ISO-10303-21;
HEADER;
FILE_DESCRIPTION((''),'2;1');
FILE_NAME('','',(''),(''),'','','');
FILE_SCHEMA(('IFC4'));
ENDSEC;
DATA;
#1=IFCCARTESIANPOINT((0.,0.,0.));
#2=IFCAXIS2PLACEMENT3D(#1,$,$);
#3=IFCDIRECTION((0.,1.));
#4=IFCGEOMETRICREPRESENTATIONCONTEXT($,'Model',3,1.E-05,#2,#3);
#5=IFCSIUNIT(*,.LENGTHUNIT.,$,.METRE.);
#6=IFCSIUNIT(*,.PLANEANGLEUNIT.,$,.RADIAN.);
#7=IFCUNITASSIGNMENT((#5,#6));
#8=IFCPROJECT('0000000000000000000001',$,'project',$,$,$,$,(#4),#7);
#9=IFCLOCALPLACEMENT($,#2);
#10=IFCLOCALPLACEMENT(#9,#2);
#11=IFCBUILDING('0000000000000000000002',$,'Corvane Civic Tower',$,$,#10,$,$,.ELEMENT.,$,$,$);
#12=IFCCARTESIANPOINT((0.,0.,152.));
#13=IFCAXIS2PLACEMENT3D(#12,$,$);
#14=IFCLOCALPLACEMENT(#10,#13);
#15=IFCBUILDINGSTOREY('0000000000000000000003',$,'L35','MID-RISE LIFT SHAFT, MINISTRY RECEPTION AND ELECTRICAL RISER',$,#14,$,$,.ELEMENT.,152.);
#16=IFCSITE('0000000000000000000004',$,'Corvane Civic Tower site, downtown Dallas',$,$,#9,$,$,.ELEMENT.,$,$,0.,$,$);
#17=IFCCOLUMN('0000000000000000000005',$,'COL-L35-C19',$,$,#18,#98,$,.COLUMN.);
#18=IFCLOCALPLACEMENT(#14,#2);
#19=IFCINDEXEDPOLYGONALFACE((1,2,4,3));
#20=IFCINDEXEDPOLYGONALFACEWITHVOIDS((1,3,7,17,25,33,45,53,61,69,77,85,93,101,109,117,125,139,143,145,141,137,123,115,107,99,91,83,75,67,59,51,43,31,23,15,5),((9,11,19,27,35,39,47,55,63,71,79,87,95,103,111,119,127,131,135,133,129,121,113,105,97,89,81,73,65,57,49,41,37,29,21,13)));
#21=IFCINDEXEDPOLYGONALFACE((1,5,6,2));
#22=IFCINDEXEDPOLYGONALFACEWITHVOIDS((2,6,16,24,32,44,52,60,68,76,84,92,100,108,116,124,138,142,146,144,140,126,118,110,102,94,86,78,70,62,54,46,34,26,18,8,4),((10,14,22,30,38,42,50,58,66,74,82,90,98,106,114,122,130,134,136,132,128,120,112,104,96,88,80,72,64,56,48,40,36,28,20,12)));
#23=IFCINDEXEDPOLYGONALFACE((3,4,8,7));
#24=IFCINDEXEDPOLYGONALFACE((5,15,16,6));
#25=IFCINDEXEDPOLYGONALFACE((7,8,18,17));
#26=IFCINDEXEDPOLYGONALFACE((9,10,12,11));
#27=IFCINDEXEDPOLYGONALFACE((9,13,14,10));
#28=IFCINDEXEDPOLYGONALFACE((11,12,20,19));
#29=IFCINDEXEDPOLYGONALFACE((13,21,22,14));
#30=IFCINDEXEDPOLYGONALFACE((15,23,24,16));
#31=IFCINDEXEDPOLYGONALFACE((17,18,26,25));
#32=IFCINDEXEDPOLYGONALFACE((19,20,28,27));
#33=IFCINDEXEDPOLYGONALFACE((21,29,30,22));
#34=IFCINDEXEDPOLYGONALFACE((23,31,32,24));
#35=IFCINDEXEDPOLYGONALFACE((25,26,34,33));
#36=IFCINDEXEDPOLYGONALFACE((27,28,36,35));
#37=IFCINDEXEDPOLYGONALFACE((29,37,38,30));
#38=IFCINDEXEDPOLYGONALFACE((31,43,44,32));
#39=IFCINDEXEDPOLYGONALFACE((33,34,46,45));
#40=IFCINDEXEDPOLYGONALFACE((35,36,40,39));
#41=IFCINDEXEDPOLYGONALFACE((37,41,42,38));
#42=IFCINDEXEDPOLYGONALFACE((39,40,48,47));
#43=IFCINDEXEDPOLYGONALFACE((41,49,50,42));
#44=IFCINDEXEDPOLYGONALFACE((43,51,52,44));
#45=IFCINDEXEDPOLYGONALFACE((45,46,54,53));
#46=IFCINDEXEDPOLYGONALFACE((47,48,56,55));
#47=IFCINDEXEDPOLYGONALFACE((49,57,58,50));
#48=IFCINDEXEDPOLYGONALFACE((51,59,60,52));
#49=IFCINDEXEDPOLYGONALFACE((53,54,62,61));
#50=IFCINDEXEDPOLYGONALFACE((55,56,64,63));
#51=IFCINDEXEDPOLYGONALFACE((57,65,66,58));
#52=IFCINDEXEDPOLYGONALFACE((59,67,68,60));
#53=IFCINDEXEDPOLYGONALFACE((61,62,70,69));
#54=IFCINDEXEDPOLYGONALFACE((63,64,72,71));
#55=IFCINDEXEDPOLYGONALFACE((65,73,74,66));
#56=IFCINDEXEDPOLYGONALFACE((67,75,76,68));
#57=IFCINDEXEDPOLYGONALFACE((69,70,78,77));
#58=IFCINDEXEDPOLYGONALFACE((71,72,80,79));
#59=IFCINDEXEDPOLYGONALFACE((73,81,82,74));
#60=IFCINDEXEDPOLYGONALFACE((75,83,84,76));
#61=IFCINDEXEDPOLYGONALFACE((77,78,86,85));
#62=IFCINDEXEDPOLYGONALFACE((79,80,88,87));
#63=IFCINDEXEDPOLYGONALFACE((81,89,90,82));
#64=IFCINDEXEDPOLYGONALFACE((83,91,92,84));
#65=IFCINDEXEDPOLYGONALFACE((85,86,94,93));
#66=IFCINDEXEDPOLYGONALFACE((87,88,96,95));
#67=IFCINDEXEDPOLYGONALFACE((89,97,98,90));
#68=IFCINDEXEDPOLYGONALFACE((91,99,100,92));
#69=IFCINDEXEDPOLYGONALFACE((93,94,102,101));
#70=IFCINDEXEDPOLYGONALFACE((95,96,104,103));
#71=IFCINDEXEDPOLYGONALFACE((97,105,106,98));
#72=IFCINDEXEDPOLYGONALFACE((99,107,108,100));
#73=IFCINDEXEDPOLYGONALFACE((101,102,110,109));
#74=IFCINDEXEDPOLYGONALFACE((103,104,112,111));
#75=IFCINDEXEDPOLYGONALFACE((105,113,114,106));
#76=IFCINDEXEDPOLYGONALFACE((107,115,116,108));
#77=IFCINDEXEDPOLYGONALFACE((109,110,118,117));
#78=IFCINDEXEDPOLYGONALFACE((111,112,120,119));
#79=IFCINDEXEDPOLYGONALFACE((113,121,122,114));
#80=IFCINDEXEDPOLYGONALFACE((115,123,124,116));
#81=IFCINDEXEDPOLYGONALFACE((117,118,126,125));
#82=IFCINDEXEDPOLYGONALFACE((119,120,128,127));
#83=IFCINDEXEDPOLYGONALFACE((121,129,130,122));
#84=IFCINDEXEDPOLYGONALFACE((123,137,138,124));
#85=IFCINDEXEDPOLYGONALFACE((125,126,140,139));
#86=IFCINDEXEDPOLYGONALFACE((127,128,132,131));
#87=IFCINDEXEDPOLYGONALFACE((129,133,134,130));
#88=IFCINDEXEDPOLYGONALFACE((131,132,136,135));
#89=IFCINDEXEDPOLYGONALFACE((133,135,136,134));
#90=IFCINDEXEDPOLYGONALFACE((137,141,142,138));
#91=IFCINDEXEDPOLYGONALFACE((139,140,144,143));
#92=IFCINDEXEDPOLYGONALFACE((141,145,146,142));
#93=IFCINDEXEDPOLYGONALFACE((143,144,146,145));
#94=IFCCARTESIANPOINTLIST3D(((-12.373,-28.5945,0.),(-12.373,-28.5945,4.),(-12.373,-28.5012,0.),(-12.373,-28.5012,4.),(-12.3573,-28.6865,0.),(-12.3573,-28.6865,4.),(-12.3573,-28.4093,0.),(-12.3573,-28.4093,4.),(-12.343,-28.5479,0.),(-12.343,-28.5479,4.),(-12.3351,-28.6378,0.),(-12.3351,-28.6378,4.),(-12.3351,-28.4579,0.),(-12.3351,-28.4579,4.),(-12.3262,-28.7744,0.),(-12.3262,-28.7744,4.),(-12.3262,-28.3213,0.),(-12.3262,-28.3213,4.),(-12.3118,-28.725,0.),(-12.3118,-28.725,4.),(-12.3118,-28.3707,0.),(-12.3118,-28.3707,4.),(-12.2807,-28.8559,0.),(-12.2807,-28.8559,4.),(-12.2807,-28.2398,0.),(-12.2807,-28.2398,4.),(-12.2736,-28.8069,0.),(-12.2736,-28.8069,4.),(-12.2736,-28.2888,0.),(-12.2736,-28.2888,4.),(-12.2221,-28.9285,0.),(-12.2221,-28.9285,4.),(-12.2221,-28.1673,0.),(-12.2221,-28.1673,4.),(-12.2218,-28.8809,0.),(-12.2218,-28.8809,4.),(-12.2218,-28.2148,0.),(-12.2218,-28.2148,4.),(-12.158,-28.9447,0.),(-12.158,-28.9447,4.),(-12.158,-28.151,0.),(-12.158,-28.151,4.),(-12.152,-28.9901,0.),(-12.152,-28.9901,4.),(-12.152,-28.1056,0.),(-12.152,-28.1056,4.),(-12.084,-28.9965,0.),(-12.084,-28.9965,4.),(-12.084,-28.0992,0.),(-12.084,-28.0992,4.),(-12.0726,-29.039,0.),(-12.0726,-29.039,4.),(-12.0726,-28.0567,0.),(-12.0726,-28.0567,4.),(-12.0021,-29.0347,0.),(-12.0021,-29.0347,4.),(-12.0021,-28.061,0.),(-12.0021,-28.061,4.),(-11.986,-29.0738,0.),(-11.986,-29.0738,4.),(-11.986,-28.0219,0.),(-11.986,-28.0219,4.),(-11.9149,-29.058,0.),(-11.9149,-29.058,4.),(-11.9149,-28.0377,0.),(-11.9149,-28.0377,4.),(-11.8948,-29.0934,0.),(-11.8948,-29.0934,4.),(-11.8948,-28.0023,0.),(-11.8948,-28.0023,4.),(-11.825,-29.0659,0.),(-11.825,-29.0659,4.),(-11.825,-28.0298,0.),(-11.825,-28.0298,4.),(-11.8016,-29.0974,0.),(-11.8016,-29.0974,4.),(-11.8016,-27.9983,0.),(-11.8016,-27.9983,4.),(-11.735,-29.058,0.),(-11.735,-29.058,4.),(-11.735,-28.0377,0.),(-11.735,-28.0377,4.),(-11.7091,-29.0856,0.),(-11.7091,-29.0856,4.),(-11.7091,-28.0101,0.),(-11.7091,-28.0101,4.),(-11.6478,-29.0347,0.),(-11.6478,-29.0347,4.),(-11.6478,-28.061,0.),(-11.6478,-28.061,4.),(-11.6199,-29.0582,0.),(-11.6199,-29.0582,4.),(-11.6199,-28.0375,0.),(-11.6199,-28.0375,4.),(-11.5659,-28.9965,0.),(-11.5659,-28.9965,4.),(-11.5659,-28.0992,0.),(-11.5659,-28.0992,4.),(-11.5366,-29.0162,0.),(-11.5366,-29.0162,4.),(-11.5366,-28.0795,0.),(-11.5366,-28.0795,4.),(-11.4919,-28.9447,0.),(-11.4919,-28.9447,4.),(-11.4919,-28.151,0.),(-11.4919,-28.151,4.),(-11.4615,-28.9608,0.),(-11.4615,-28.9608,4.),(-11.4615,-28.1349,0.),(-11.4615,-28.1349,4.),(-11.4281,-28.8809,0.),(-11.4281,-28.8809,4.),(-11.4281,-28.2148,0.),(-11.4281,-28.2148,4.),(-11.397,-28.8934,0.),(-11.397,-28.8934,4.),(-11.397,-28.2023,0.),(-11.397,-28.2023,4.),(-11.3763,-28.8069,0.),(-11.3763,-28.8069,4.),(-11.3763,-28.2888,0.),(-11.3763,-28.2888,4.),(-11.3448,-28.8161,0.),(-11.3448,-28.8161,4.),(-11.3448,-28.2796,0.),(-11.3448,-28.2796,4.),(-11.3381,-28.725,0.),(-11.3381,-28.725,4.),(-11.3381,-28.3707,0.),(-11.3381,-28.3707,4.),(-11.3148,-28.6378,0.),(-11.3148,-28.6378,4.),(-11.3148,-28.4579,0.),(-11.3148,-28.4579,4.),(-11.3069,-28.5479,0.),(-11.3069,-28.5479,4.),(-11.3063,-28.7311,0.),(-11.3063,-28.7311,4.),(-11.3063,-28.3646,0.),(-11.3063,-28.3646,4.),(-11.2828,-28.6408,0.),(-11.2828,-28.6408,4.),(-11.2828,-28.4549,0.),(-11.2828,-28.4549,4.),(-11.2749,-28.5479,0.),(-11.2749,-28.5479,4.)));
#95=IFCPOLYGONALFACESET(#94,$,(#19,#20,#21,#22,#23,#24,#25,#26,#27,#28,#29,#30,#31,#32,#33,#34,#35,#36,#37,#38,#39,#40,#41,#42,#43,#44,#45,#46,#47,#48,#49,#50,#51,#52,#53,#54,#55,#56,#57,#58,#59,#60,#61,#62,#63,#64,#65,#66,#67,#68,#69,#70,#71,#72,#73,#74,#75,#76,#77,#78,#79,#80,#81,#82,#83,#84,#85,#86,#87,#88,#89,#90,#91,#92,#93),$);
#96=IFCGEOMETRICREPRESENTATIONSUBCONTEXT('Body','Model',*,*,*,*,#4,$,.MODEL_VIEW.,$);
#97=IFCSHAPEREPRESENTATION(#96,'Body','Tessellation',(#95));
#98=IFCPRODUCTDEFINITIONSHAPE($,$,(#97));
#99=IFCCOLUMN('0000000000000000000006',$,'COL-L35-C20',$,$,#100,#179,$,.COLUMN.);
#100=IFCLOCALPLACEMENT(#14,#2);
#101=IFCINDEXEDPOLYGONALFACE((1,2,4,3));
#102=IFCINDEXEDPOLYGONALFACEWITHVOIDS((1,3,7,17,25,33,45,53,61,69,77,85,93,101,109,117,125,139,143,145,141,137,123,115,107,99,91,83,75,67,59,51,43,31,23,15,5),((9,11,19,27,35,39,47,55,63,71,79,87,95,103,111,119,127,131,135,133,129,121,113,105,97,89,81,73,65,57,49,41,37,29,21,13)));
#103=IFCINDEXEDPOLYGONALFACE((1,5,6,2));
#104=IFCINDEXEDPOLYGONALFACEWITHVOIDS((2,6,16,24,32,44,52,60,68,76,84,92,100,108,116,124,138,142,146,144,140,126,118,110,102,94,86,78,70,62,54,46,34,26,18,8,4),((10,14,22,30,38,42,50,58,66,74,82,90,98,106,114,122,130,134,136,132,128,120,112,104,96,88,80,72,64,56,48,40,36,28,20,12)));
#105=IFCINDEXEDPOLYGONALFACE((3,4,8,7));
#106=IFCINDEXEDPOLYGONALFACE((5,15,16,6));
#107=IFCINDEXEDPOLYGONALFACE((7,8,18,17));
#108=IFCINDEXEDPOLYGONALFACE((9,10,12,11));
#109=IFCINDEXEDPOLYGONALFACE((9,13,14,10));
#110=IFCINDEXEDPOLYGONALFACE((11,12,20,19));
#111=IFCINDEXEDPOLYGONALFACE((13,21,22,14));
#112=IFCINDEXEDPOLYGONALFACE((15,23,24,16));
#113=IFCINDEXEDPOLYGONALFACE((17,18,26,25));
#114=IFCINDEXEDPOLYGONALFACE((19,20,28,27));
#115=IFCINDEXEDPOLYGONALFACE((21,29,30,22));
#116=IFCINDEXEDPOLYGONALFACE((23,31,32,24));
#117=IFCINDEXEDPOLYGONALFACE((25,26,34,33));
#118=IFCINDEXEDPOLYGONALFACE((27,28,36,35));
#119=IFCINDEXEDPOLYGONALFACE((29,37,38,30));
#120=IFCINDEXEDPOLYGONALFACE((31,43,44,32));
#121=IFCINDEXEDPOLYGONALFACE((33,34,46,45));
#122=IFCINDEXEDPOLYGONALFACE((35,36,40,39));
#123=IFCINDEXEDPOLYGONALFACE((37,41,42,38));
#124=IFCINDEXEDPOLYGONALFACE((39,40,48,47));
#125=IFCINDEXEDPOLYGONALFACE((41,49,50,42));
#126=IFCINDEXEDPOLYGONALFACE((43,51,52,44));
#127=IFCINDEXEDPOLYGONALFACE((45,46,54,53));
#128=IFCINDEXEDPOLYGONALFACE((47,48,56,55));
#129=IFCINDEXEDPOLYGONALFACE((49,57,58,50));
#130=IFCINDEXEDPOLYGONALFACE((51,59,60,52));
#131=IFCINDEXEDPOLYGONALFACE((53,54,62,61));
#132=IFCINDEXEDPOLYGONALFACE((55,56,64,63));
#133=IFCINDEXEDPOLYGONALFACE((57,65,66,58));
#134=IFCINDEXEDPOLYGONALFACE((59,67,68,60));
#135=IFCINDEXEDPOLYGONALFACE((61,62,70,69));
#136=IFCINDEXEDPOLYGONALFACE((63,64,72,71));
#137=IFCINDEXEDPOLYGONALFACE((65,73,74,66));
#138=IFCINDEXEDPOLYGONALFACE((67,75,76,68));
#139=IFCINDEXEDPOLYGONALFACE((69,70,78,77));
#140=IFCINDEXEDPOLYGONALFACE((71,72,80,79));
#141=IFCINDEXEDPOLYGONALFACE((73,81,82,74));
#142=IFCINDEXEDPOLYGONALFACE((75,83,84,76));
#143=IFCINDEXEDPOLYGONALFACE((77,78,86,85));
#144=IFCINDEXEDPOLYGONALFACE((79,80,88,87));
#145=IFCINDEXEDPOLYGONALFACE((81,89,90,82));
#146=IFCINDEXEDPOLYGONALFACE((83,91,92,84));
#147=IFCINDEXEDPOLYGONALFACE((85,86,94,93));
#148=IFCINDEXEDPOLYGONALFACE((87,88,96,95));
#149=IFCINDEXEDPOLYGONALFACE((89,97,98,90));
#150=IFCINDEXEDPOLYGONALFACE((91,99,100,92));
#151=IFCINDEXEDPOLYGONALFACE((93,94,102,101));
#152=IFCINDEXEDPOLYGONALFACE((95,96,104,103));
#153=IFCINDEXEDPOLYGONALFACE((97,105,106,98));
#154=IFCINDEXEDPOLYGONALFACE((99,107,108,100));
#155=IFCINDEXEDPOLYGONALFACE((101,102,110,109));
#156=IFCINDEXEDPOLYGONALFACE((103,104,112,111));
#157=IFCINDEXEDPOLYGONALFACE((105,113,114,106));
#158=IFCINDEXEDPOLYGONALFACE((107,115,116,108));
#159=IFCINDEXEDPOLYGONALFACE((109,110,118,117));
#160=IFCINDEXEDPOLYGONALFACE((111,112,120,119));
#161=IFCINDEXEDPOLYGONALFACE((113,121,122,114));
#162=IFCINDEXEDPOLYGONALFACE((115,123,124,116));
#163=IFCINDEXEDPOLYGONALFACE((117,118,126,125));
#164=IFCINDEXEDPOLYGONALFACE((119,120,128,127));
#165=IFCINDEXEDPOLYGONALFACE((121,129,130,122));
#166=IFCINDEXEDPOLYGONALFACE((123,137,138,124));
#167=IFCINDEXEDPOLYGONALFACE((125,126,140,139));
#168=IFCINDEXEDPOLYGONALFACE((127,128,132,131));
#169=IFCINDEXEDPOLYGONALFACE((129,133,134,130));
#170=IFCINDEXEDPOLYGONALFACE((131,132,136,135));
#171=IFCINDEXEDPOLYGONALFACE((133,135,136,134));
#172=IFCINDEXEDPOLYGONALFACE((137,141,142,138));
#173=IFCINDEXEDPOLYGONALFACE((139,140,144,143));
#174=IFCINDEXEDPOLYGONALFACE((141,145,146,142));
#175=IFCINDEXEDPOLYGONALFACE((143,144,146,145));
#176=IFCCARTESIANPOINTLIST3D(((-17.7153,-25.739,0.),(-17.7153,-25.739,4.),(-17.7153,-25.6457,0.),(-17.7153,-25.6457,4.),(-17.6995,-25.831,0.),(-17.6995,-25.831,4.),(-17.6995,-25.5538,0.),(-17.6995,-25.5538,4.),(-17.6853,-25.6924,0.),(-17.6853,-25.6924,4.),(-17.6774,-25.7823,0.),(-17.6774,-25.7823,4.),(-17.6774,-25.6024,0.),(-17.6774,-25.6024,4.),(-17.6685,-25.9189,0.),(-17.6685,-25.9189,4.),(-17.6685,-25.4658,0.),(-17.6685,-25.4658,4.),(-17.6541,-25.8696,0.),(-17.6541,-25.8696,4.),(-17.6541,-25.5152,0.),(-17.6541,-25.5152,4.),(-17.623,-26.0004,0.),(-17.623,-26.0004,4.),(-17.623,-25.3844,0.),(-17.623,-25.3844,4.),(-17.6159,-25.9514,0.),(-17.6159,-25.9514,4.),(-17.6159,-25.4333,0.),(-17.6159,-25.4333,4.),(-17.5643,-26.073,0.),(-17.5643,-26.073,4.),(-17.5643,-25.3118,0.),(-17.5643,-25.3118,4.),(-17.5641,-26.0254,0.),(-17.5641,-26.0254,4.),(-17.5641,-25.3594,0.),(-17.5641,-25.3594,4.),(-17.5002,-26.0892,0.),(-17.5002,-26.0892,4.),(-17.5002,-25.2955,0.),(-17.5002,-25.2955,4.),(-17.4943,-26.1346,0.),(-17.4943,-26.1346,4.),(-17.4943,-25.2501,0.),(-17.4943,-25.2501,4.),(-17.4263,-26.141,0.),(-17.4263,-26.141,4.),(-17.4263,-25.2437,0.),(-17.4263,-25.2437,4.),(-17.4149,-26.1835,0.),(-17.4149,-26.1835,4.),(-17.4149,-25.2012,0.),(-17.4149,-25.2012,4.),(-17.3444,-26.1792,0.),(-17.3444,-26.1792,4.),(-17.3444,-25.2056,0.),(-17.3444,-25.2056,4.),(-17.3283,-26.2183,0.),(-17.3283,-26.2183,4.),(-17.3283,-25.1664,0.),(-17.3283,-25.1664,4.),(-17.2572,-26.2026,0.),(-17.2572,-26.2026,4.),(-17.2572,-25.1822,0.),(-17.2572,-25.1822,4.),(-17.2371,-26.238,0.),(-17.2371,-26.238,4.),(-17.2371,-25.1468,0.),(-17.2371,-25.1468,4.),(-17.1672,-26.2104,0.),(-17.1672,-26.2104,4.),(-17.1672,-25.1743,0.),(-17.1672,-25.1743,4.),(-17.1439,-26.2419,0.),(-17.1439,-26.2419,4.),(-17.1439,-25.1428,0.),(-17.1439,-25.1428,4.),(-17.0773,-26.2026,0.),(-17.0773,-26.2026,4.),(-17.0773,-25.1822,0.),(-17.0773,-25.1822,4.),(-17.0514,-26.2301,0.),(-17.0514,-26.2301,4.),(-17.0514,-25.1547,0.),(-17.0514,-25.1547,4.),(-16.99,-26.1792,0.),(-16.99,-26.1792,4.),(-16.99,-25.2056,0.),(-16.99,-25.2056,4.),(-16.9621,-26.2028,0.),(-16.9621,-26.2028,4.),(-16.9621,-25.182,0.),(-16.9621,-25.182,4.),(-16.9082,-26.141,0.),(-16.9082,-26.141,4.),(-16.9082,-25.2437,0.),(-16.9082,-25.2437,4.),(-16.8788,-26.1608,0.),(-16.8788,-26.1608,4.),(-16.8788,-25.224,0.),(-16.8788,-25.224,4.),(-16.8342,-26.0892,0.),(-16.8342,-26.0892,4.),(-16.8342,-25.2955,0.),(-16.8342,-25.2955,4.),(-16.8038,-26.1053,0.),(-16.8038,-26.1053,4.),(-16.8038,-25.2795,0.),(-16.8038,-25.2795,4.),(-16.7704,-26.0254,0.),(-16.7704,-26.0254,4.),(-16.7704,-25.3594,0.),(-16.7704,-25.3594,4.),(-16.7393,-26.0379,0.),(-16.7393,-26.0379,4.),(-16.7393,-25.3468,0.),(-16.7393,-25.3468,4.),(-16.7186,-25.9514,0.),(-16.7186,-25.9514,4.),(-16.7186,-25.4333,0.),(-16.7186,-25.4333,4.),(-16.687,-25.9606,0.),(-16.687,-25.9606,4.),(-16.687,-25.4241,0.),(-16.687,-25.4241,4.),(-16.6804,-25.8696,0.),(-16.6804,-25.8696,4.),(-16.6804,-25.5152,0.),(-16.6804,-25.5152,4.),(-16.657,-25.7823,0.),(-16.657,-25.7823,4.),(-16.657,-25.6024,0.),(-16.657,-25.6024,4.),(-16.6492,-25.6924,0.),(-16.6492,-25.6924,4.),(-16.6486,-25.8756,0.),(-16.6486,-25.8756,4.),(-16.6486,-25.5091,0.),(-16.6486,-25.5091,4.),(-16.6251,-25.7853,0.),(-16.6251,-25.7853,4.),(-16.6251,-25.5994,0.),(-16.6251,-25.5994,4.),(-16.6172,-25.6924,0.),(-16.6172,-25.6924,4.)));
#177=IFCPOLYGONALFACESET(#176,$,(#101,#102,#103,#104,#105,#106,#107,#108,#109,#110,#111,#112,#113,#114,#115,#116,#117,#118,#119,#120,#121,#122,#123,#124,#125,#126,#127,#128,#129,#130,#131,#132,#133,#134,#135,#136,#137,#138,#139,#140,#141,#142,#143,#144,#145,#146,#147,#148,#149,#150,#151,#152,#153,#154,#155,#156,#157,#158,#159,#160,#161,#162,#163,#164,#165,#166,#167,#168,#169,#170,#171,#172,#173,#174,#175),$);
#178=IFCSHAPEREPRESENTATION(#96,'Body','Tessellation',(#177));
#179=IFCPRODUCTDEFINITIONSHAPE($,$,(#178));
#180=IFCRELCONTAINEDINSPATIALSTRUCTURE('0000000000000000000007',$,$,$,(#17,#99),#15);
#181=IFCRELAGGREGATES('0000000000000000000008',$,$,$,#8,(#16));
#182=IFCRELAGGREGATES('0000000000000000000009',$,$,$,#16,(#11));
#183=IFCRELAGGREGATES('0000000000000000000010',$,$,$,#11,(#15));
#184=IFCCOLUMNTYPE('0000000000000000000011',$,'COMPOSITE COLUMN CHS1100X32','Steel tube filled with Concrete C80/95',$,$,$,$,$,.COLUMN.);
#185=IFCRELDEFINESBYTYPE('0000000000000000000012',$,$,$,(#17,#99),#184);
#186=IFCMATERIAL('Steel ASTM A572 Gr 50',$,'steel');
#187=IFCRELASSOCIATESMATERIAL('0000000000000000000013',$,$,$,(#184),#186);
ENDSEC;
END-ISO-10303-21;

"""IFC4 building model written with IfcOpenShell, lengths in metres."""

from ifc_helpers import new_model, si_unit, direction, frame, origin, origin_2d, place, context, subcontext, project, spatial, hollow_circle, extrude, material, material_profile, profile_set, type_object, element, save


model = new_model("IFC4")

# Units and contexts
model_context = context("Model", 3, precision=1e-05, world=origin(), true_north=direction((0.0, 1.0)))
body_context = subcontext(model_context, "Body", "Model", "MODEL_VIEW")
ifc_project = project(units=[si_unit("LENGTHUNIT", "METRE"), si_unit("PLANEANGLEUNIT", "RADIAN")], contexts=[model_context])

# Site, building, storey
site_placement = place(None, origin())
site = spatial("IfcSite", under=ifc_project, at=site_placement, Name="Corvane Civic Tower site, downtown Dallas", CompositionType="ELEMENT", RefElevation=0.0)
building_placement = place(site_placement, origin())
building = spatial("IfcBuilding", under=site, at=building_placement, Name="Corvane Civic Tower", CompositionType="ELEMENT")
storey_placement = place(building_placement, frame((0.0, 0.0, 152.0)))
storey = spatial("IfcBuildingStorey", under=building, at=storey_placement, Name="L35", Description="MID-RISE LIFT SHAFT, MINISTRY RECEPTION AND ELECTRICAL RISER", CompositionType="ELEMENT", Elevation=152.0)

# Columns
ifc_material_1 = material(Name="Steel ASTM A572 Gr 50", Category="steel")
ifc_material_profile_1 = material_profile(ifc_material_1, hollow_circle(Radius=0.55, WallThickness=0.032, at=origin_2d()), Name="CHS1100X32")
ifc_profile_set_1 = profile_set([ifc_material_profile_1], Name="Steel ASTM A572 Gr 50")
column_type = type_object("IfcColumnType", Name="COMPOSITE COLUMN CHS1100X32", Description="Steel tube filled with Concrete C80/95", PredefinedType="COLUMN", material=ifc_profile_set_1)
for number, where, z_axis, x_axis, name in (
    (1, (-11.825, -28.5479, 0.0), (0.0, 0.0, 1.0), (1.0, 0.0, 0.0), "COL-L35-C19"),
    (2, (-17.1672, -25.6924, 0.0), (0.0, 0.0, 1.0), (1.0, 0.0, 0.0), "COL-L35-C20"),
):
    element("IfcColumn", number, at=place(storey_placement, frame(where, z_axis=z_axis, x_axis=x_axis)), inside=storey, type_object=column_type, Name=name, PredefinedType="COLUMN", context=body_context, shape_type="SweptSolid", body=[
        extrude(hollow_circle(Radius=0.55, WallThickness=0.032, at=origin_2d()), origin(), (0.0, 0.0, 1.0), 4.0),
    ])

save(model, "model.ifc")
